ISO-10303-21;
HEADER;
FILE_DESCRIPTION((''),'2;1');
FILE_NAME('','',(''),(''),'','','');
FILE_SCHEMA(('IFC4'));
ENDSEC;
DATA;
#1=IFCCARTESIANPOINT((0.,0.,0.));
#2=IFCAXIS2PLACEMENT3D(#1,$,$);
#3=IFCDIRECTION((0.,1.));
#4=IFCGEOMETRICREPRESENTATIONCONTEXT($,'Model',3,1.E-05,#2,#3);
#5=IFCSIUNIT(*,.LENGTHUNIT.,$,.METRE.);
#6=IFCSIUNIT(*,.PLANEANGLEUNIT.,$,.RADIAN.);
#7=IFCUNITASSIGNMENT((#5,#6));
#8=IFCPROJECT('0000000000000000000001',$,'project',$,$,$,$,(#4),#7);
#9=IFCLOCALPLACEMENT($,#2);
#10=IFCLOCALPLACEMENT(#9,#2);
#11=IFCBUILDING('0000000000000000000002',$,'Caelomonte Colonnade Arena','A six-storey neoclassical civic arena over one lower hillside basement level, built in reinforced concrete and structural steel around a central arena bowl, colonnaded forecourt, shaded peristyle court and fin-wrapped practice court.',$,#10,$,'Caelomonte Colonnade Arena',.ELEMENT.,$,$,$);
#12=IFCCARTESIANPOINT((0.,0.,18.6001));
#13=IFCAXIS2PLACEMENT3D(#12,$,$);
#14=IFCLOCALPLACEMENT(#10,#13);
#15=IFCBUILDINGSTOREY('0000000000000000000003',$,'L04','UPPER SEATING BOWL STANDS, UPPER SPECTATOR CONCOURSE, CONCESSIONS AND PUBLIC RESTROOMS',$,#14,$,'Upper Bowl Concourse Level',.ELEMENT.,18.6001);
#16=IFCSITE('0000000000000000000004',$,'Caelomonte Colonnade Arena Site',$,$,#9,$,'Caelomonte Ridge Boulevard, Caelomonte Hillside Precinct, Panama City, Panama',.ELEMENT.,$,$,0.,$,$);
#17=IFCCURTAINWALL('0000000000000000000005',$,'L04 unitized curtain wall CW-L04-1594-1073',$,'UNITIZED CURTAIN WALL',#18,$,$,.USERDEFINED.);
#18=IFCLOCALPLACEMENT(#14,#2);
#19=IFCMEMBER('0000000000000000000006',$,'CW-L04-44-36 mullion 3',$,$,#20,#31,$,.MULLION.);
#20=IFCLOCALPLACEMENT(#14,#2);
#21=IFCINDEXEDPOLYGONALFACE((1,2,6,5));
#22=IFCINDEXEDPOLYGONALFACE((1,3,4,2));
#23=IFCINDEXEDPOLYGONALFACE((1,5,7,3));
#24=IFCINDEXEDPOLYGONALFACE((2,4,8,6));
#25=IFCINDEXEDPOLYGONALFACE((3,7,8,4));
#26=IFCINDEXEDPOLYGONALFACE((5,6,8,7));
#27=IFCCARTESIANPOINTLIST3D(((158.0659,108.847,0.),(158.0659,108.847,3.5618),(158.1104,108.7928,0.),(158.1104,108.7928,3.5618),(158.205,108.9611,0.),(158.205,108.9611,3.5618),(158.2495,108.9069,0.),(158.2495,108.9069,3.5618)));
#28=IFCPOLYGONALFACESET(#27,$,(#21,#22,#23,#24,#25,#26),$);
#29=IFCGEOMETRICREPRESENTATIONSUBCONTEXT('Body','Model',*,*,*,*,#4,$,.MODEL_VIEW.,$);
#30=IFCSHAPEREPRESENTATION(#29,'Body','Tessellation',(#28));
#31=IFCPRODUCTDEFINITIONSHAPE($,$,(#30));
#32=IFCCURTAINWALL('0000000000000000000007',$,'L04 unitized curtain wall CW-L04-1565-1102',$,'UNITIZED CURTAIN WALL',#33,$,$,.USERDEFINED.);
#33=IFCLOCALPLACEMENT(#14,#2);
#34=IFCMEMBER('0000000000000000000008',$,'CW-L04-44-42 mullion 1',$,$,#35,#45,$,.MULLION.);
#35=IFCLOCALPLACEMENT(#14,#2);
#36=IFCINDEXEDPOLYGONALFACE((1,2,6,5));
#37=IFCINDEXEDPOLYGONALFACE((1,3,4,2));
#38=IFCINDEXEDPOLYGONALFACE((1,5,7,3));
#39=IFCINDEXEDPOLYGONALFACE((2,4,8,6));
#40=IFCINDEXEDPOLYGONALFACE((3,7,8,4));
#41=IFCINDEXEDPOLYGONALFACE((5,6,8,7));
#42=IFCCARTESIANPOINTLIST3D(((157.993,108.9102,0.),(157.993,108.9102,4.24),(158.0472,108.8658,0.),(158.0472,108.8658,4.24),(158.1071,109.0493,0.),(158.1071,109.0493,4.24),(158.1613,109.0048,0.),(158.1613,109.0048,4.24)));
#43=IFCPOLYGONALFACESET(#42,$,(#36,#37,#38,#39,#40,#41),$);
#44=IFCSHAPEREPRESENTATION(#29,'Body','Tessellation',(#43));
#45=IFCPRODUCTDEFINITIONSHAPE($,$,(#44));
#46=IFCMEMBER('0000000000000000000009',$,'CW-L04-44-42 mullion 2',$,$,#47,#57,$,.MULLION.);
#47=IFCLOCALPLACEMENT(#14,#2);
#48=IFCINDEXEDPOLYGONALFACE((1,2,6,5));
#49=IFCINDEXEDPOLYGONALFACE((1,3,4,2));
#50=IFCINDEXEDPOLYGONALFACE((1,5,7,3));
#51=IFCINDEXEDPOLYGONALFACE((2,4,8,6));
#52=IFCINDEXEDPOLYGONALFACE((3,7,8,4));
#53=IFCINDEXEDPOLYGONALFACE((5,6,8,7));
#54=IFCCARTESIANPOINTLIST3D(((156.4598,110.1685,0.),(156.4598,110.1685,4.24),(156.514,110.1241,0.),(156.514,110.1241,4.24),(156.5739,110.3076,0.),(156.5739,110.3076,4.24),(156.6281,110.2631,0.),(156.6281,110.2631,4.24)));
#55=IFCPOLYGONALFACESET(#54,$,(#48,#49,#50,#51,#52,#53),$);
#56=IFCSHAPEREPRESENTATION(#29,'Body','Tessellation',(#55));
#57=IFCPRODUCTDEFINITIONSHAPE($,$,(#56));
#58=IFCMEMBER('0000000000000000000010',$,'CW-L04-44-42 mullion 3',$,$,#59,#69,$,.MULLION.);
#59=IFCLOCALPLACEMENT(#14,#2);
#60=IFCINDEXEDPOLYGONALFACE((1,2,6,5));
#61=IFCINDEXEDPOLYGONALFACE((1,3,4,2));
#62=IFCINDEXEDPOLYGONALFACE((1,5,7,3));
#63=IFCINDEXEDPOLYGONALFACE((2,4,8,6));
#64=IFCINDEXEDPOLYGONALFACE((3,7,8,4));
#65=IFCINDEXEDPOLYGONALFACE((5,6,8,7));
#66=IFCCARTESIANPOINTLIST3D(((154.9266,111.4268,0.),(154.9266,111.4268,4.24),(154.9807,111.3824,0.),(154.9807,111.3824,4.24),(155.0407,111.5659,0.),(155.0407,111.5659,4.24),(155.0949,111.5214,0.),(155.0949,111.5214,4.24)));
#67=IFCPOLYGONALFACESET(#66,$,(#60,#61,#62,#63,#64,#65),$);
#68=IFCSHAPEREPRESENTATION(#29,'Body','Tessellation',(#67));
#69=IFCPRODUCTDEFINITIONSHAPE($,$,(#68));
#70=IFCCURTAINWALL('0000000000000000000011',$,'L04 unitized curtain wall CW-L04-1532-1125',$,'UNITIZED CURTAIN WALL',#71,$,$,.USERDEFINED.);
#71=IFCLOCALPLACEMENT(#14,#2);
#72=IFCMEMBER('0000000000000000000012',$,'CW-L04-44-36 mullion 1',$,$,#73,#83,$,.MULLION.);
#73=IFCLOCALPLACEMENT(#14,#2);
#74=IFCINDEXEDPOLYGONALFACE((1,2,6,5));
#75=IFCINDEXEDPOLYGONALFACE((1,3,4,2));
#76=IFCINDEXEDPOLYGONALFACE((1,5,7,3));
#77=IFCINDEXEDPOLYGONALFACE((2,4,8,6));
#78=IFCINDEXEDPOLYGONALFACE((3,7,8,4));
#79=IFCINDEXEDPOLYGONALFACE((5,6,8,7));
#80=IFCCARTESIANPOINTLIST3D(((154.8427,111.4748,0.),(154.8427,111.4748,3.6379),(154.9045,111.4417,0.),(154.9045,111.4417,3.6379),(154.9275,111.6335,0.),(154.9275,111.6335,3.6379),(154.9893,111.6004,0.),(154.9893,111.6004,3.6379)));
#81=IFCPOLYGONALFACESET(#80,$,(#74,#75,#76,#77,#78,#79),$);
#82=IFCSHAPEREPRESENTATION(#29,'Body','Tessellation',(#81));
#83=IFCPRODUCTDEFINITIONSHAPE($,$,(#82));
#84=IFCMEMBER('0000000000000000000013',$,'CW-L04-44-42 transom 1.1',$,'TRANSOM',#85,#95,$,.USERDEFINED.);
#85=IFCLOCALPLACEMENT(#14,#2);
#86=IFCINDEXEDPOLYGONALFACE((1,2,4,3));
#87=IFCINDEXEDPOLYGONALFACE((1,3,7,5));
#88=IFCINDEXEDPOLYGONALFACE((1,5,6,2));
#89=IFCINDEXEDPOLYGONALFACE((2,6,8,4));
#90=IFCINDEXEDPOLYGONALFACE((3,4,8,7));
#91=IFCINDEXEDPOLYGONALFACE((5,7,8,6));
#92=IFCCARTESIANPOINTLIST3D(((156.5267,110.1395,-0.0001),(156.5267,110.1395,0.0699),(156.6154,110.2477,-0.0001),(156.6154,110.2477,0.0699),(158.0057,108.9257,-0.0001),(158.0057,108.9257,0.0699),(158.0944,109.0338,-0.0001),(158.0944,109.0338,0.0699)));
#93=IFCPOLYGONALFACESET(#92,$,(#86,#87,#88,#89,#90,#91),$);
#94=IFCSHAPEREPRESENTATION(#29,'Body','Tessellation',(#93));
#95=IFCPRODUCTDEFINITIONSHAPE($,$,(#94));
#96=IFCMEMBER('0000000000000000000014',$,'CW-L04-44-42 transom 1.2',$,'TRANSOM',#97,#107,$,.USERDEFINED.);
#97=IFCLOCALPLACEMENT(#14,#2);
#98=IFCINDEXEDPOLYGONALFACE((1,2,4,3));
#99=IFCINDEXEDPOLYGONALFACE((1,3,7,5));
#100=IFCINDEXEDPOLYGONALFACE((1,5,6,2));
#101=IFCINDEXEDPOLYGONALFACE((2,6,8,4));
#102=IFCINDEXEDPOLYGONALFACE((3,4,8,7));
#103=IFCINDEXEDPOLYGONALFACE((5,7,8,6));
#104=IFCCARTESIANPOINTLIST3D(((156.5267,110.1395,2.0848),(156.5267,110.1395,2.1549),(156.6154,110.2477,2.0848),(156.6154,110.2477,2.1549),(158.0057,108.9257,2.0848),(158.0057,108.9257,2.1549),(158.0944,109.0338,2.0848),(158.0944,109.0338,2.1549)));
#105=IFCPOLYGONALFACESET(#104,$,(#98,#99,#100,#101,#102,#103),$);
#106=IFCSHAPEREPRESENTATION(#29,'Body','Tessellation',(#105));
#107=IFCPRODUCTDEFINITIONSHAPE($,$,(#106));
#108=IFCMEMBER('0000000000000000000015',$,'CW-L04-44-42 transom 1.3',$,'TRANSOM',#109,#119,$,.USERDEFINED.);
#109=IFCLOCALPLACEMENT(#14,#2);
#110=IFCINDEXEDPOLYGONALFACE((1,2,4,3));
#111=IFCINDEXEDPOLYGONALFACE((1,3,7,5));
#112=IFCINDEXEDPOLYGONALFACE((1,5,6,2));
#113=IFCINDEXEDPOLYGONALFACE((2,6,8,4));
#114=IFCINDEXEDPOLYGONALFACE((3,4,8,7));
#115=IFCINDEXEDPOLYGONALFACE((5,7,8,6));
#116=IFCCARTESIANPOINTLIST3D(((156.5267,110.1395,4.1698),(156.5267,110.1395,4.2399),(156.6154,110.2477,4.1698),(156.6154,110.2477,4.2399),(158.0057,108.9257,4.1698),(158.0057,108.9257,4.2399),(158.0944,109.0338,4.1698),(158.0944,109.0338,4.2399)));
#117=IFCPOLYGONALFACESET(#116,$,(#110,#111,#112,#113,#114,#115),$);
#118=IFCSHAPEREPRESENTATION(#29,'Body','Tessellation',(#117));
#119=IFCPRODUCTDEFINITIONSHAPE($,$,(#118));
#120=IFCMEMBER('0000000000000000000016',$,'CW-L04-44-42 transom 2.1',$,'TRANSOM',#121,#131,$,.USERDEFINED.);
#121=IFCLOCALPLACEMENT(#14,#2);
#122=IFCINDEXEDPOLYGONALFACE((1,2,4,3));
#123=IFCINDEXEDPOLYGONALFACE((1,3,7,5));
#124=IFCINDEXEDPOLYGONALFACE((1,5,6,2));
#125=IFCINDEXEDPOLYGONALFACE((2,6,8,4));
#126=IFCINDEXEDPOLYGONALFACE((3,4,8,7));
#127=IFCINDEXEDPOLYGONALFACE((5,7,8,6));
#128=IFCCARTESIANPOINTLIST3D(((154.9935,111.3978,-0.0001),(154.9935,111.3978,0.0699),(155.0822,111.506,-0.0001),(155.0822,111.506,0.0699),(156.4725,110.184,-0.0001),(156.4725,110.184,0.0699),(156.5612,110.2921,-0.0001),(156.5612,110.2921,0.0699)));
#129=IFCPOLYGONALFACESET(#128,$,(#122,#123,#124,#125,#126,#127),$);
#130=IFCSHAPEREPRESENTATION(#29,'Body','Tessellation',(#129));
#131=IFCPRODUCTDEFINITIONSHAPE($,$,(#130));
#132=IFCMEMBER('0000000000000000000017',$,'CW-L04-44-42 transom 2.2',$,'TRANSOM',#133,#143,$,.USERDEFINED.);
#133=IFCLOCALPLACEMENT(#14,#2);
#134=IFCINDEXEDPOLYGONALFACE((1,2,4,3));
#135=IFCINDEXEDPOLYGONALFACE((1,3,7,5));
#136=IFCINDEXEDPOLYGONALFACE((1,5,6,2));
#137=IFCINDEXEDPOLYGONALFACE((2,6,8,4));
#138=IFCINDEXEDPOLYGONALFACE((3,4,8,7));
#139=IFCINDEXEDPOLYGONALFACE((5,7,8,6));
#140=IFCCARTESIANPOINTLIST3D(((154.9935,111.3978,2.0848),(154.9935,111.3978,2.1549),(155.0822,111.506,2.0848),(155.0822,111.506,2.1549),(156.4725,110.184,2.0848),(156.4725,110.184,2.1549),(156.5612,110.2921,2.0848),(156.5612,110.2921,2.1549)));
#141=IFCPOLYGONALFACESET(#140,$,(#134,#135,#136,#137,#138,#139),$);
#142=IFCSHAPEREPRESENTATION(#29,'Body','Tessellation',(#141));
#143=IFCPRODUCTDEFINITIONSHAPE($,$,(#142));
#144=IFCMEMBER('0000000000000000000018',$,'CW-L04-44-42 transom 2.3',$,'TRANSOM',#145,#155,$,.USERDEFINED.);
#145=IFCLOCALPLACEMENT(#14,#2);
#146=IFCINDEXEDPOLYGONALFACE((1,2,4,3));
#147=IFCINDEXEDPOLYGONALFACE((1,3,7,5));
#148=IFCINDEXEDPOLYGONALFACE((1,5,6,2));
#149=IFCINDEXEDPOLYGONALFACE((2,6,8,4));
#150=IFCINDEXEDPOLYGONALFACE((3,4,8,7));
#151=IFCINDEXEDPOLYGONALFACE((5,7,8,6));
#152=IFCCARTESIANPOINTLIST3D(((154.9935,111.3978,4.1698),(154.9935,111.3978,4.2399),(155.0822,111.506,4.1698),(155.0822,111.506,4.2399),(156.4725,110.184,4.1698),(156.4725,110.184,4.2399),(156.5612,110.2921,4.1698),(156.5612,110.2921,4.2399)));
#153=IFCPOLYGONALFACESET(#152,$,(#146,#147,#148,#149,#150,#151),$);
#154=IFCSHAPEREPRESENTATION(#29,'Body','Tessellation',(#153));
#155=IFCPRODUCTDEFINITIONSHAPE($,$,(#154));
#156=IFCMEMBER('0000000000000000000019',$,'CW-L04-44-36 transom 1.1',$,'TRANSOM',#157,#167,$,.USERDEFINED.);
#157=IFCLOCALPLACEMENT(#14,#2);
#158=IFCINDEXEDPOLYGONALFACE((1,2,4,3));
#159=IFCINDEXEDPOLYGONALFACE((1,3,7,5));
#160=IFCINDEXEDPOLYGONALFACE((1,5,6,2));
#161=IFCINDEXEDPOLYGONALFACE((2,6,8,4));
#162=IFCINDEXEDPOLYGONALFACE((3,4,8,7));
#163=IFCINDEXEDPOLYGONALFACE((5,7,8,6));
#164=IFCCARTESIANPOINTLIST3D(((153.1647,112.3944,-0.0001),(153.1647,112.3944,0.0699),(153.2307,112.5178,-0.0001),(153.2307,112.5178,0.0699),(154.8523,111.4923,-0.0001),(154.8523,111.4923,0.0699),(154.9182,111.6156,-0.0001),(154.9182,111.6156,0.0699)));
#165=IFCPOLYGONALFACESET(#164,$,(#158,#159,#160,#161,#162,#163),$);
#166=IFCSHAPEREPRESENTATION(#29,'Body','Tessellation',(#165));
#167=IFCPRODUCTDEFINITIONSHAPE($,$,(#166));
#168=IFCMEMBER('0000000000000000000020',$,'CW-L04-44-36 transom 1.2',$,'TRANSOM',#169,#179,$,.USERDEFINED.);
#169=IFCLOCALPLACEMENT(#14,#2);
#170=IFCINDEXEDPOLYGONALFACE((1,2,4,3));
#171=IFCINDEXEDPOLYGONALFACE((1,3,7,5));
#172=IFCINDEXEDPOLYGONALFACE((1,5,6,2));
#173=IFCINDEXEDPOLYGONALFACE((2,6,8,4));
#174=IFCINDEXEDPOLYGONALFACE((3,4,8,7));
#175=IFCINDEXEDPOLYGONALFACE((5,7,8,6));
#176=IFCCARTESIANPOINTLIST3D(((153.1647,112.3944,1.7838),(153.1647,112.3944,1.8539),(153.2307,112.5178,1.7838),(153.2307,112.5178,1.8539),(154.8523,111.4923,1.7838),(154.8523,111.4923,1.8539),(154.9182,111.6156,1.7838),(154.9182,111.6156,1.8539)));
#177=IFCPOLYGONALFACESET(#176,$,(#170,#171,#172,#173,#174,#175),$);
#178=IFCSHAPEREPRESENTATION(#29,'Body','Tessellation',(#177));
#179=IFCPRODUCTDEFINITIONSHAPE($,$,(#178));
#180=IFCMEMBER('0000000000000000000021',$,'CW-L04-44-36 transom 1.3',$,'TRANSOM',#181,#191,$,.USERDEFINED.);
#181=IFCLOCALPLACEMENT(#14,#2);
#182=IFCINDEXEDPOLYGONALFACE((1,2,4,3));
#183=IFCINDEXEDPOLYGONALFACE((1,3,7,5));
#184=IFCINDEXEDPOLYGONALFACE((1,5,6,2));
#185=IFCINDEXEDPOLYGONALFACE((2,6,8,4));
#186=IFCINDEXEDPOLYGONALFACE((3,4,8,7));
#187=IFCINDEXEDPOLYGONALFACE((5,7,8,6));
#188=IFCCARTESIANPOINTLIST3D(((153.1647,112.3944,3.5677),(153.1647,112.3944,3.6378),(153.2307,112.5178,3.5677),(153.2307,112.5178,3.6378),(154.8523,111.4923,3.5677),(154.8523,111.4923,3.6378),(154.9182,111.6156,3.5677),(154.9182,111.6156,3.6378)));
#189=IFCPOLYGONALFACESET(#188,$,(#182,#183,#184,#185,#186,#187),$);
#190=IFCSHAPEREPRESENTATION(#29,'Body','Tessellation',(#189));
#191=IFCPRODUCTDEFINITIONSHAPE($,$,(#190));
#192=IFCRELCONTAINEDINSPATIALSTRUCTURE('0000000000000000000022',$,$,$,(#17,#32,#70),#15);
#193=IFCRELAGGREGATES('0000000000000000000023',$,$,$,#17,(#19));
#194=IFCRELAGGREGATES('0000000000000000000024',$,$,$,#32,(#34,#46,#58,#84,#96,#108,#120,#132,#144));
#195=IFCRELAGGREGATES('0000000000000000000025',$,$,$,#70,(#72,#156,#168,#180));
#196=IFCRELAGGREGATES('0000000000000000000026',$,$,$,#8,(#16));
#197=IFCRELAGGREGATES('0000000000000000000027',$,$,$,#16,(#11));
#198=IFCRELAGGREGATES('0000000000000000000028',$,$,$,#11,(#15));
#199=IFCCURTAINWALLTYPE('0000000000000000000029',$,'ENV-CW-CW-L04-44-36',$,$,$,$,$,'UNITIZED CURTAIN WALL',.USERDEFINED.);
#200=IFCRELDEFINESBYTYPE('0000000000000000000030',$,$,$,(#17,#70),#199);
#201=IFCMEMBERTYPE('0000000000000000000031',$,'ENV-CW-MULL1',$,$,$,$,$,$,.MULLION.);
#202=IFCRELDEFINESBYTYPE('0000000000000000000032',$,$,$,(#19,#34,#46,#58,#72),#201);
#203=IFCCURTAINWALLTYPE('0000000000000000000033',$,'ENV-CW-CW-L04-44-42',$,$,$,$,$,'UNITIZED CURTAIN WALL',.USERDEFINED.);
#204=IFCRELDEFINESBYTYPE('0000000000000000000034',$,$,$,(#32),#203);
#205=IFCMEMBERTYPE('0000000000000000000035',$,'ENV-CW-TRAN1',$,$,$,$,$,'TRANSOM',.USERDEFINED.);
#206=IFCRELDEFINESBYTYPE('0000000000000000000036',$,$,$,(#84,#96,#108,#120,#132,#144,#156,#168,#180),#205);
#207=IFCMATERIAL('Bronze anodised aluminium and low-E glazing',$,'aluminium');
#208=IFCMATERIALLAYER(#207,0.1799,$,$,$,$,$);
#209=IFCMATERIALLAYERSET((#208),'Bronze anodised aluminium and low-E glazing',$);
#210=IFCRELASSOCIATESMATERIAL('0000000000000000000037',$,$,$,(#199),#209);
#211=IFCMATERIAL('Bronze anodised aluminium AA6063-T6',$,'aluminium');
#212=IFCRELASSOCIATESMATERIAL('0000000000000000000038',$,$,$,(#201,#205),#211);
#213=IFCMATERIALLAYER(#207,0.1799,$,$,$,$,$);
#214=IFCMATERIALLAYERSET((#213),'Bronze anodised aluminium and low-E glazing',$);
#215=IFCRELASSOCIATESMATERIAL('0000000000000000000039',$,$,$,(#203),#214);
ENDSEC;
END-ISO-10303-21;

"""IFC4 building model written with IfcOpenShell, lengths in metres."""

from ifc_helpers import new_model, si_unit, direction, frame, origin, origin_2d, place, context, subcontext, project, spatial, rectangle, extrude, material, layer, layer_set, material_profile, profile_set, type_object, element, aggregate, save


model = new_model("IFC4")

# Units and contexts
model_context = context("Model", 3, precision=1e-05, world=origin(), true_north=direction((0.0, 1.0)))
body_context = subcontext(model_context, "Body", "Model", "MODEL_VIEW")
ifc_project = project(units=[si_unit("LENGTHUNIT", "METRE"), si_unit("PLANEANGLEUNIT", "RADIAN")], contexts=[model_context])

# Site, building, storey
site_placement = place(None, origin())
site = spatial("IfcSite", under=ifc_project, at=site_placement, Name="Caelomonte Colonnade Arena Site", LongName="Caelomonte Ridge Boulevard, Caelomonte Hillside Precinct, Panama City, Panama", CompositionType="ELEMENT", RefElevation=0.0)
building_placement = place(site_placement, origin())
building = spatial("IfcBuilding", under=site, at=building_placement, Name="Caelomonte Colonnade Arena", Description="A six-storey neoclassical civic arena over one lower hillside basement level, built in reinforced concrete and structural steel around a central arena bowl, colonnaded forecourt, shaded peristyle court and fin-wrapped practice court.", LongName="Caelomonte Colonnade Arena", CompositionType="ELEMENT")
storey_placement = place(building_placement, frame((0.0, 0.0, 18.6001)))
storey = spatial("IfcBuildingStorey", under=building, at=storey_placement, Name="L04", Description="UPPER SEATING BOWL STANDS, UPPER SPECTATOR CONCOURSE, CONCESSIONS AND PUBLIC RESTROOMS", LongName="Upper Bowl Concourse Level", CompositionType="ELEMENT", Elevation=18.6001)

# Curtain wall, member
ifc_material_1 = material(Name="Bronze anodised aluminium and low-E glazing", Category="aluminium")
ifc_layer_1 = layer(ifc_material_1, 0.1799)
ifc_layer_set_1 = layer_set([ifc_layer_1], Name="Bronze anodised aluminium and low-E glazing")
curtain_wall_type_1 = type_object("IfcCurtainWallType", Name="ENV-CW-CW-L04-44-36", ElementType="UNITIZED CURTAIN WALL", PredefinedType="USERDEFINED", material=ifc_layer_set_1)
curtain_wall_1_placement = place(storey_placement, origin())
curtain_wall_1 = element("IfcCurtainWall", 1, at=curtain_wall_1_placement, inside=storey, type_object=curtain_wall_type_1, Name="L04 unitized curtain wall CW-L04-1594-1073", ObjectType="UNITIZED CURTAIN WALL", PredefinedType="USERDEFINED")
ifc_material_2 = material(Name="Bronze anodised aluminium AA6063-T6", Category="aluminium")
ifc_material_profile_1 = material_profile(ifc_material_2, rectangle(XDim=0.0701, YDim=0.1799, at=origin_2d()), Name="CWM-70X180")
ifc_profile_set_1 = profile_set([ifc_material_profile_1], Name="Bronze anodised aluminium AA6063-T6")
member_type_1 = type_object("IfcMemberType", Name="ENV-CW-MULL1", PredefinedType="MULLION", material=ifc_profile_set_1)
member_1_placement = place(storey_placement, frame((158.1577, 108.877, 0.0), z_axis=(0.0, 0.0, 1.0), x_axis=(-0.634416, 0.772992, 0.0)))
member_1 = element("IfcMember", 2, at=member_1_placement, type_object=member_type_1, Name="CW-L04-44-36 mullion 3", PredefinedType="MULLION", context=body_context, shape_type="SweptSolid", body=[
    extrude(rectangle(XDim=0.0701, YDim=0.1799, at=origin_2d()), origin(), (0.0, 0.0, 1.0), 3.5618),
])

# Curtain wall, members
ifc_layer_2 = layer(ifc_material_1, 0.1799)
ifc_layer_set_2 = layer_set([ifc_layer_2], Name="Bronze anodised aluminium and low-E glazing")
curtain_wall_type_2 = type_object("IfcCurtainWallType", Name="ENV-CW-CW-L04-44-42", ElementType="UNITIZED CURTAIN WALL", PredefinedType="USERDEFINED", material=ifc_layer_set_2)
curtain_wall_2_placement = place(storey_placement, origin())
curtain_wall_2 = element("IfcCurtainWall", 3, at=curtain_wall_2_placement, inside=storey, type_object=curtain_wall_type_2, Name="L04 unitized curtain wall CW-L04-1565-1102", ObjectType="UNITIZED CURTAIN WALL", PredefinedType="USERDEFINED")
member_2_placement = place(storey_placement, frame((158.0771, 108.9575, 0.0), z_axis=(0.0, 0.0, 1.0), x_axis=(-0.772992, 0.634416, 0.0)))
member_2 = element("IfcMember", 4, at=member_2_placement, type_object=member_type_1, Name="CW-L04-44-42 mullion 1", PredefinedType="MULLION", context=body_context, shape_type="SweptSolid", body=[
    extrude(rectangle(XDim=0.0701, YDim=0.1799, at=origin_2d()), origin(), (0.0, 0.0, 1.0), 4.24),
])
member_3_placement = place(storey_placement, frame((156.5439, 110.2158, 0.0), z_axis=(0.0, 0.0, 1.0), x_axis=(-0.772992, 0.634416, 0.0)))
member_3 = element("IfcMember", 5, at=member_3_placement, type_object=member_type_1, Name="CW-L04-44-42 mullion 2", PredefinedType="MULLION", context=body_context, shape_type="SweptSolid", body=[
    extrude(rectangle(XDim=0.0701, YDim=0.1799, at=origin_2d()), origin(), (0.0, 0.0, 1.0), 4.24),
])
member_4_placement = place(storey_placement, frame((155.0107, 111.4741, 0.0), z_axis=(0.0, 0.0, 1.0), x_axis=(-0.772992, 0.634416, 0.0)))
member_4 = element("IfcMember", 6, at=member_4_placement, type_object=member_type_1, Name="CW-L04-44-42 mullion 3", PredefinedType="MULLION", context=body_context, shape_type="SweptSolid", body=[
    extrude(rectangle(XDim=0.0701, YDim=0.1799, at=origin_2d()), origin(), (0.0, 0.0, 1.0), 4.24),
])

# Curtain wall, member
curtain_wall_3_placement = place(storey_placement, origin())
curtain_wall_3 = element("IfcCurtainWall", 7, at=curtain_wall_3_placement, inside=storey, type_object=curtain_wall_type_1, Name="L04 unitized curtain wall CW-L04-1532-1125", ObjectType="UNITIZED CURTAIN WALL", PredefinedType="USERDEFINED")
member_5_placement = place(storey_placement, frame((154.916, 111.5376, 0.0), z_axis=(0.0, 0.0, 1.0), x_axis=(-0.881923, 0.471394, 0.0)))
member_5 = element("IfcMember", 8, at=member_5_placement, type_object=member_type_1, Name="CW-L04-44-36 mullion 1", PredefinedType="MULLION", context=body_context, shape_type="SweptSolid", body=[
    extrude(rectangle(XDim=0.0701, YDim=0.1799, at=origin_2d()), origin(), (0.0, 0.0, 1.0), 3.6379),
])

# Members
ifc_material_profile_2 = material_profile(ifc_material_2, rectangle(XDim=0.0701, YDim=0.1399, at=origin_2d()), Name="CWT-70X140")
ifc_profile_set_2 = profile_set([ifc_material_profile_2], Name="Bronze anodised aluminium AA6063-T6")
member_type_2 = type_object("IfcMemberType", Name="ENV-CW-TRAN1", ElementType="TRANSOM", PredefinedType="USERDEFINED", material=ifc_profile_set_2)
member_6_placement = place(storey_placement, frame((158.05, 108.9797, 0.0349), z_axis=(-0.77299, 0.634418, 0.0), x_axis=(0.0, 0.0, 1.0)))
member_6 = element("IfcMember", 9, at=member_6_placement, type_object=member_type_2, Name="CW-L04-44-42 transom 1.1", ObjectType="TRANSOM", PredefinedType="USERDEFINED", context=body_context, shape_type="SweptSolid", body=[
    extrude(rectangle(XDim=0.0701, YDim=0.1399, at=origin_2d()), origin(), (0.0, 0.0, 1.0), 1.9133),
])
member_7_placement = place(storey_placement, frame((158.05, 108.9797, 2.1199), z_axis=(-0.77299, 0.634418, 0.0), x_axis=(0.0, 0.0, 1.0)))
member_7 = element("IfcMember", 10, at=member_7_placement, type_object=member_type_2, Name="CW-L04-44-42 transom 1.2", ObjectType="TRANSOM", PredefinedType="USERDEFINED", context=body_context, shape_type="SweptSolid", body=[
    extrude(rectangle(XDim=0.0701, YDim=0.1399, at=origin_2d()), origin(), (0.0, 0.0, 1.0), 1.9133),
])
member_8_placement = place(storey_placement, frame((158.05, 108.9797, 4.2048), z_axis=(-0.77299, 0.634418, 0.0), x_axis=(0.0, 0.0, 1.0)))
member_8 = element("IfcMember", 11, at=member_8_placement, type_object=member_type_2, Name="CW-L04-44-42 transom 1.3", ObjectType="TRANSOM", PredefinedType="USERDEFINED", context=body_context, shape_type="SweptSolid", body=[
    extrude(rectangle(XDim=0.0701, YDim=0.1399, at=origin_2d()), origin(), (0.0, 0.0, 1.0), 1.9133),
])
member_9_placement = place(storey_placement, frame((156.5168, 110.238, 0.0349), z_axis=(-0.77299, 0.634418, 0.0), x_axis=(0.0, 0.0, 1.0)))
member_9 = element("IfcMember", 12, at=member_9_placement, type_object=member_type_2, Name="CW-L04-44-42 transom 2.1", ObjectType="TRANSOM", PredefinedType="USERDEFINED", context=body_context, shape_type="SweptSolid", body=[
    extrude(rectangle(XDim=0.0701, YDim=0.1399, at=origin_2d()), origin(), (0.0, 0.0, 1.0), 1.9133),
])
member_10_placement = place(storey_placement, frame((156.5168, 110.238, 2.1199), z_axis=(-0.77299, 0.634418, 0.0), x_axis=(0.0, 0.0, 1.0)))
member_10 = element("IfcMember", 13, at=member_10_placement, type_object=member_type_2, Name="CW-L04-44-42 transom 2.2", ObjectType="TRANSOM", PredefinedType="USERDEFINED", context=body_context, shape_type="SweptSolid", body=[
    extrude(rectangle(XDim=0.0701, YDim=0.1399, at=origin_2d()), origin(), (0.0, 0.0, 1.0), 1.9133),
])
member_11_placement = place(storey_placement, frame((156.5168, 110.238, 4.2048), z_axis=(-0.77299, 0.634418, 0.0), x_axis=(0.0, 0.0, 1.0)))
member_11 = element("IfcMember", 14, at=member_11_placement, type_object=member_type_2, Name="CW-L04-44-42 transom 2.3", ObjectType="TRANSOM", PredefinedType="USERDEFINED", context=body_context, shape_type="SweptSolid", body=[
    extrude(rectangle(XDim=0.0701, YDim=0.1399, at=origin_2d()), origin(), (0.0, 0.0, 1.0), 1.9133),
])
member_12_placement = place(storey_placement, frame((154.8853, 111.554, 0.0349), z_axis=(-0.881897, 0.471442, 0.0), x_axis=(0.0, 0.0, 1.0)))
member_12 = element("IfcMember", 15, at=member_12_placement, type_object=member_type_2, Name="CW-L04-44-36 transom 1.1", ObjectType="TRANSOM", PredefinedType="USERDEFINED", context=body_context, shape_type="SweptSolid", body=[
    extrude(rectangle(XDim=0.0701, YDim=0.1399, at=origin_2d()), origin(), (0.0, 0.0, 1.0), 1.9136),
])
member_13_placement = place(storey_placement, frame((154.8853, 111.554, 1.8188), z_axis=(-0.881897, 0.471442, 0.0), x_axis=(0.0, 0.0, 1.0)))
member_13 = element("IfcMember", 16, at=member_13_placement, type_object=member_type_2, Name="CW-L04-44-36 transom 1.2", ObjectType="TRANSOM", PredefinedType="USERDEFINED", context=body_context, shape_type="SweptSolid", body=[
    extrude(rectangle(XDim=0.0701, YDim=0.1399, at=origin_2d()), origin(), (0.0, 0.0, 1.0), 1.9136),
])
member_14_placement = place(storey_placement, frame((154.8853, 111.554, 3.6028), z_axis=(-0.881897, 0.471442, 0.0), x_axis=(0.0, 0.0, 1.0)))
member_14 = element("IfcMember", 17, at=member_14_placement, type_object=member_type_2, Name="CW-L04-44-36 transom 1.3", ObjectType="TRANSOM", PredefinedType="USERDEFINED", context=body_context, shape_type="SweptSolid", body=[
    extrude(rectangle(XDim=0.0701, YDim=0.1399, at=origin_2d()), origin(), (0.0, 0.0, 1.0), 1.9136),
])

aggregate(curtain_wall_1, [member_1])
aggregate(curtain_wall_2, [member_2, member_3, member_4, member_6, member_7, member_8, member_9, member_10, member_11])
aggregate(curtain_wall_3, [member_5, member_12, member_13, member_14])

save(model, "model.ifc")
